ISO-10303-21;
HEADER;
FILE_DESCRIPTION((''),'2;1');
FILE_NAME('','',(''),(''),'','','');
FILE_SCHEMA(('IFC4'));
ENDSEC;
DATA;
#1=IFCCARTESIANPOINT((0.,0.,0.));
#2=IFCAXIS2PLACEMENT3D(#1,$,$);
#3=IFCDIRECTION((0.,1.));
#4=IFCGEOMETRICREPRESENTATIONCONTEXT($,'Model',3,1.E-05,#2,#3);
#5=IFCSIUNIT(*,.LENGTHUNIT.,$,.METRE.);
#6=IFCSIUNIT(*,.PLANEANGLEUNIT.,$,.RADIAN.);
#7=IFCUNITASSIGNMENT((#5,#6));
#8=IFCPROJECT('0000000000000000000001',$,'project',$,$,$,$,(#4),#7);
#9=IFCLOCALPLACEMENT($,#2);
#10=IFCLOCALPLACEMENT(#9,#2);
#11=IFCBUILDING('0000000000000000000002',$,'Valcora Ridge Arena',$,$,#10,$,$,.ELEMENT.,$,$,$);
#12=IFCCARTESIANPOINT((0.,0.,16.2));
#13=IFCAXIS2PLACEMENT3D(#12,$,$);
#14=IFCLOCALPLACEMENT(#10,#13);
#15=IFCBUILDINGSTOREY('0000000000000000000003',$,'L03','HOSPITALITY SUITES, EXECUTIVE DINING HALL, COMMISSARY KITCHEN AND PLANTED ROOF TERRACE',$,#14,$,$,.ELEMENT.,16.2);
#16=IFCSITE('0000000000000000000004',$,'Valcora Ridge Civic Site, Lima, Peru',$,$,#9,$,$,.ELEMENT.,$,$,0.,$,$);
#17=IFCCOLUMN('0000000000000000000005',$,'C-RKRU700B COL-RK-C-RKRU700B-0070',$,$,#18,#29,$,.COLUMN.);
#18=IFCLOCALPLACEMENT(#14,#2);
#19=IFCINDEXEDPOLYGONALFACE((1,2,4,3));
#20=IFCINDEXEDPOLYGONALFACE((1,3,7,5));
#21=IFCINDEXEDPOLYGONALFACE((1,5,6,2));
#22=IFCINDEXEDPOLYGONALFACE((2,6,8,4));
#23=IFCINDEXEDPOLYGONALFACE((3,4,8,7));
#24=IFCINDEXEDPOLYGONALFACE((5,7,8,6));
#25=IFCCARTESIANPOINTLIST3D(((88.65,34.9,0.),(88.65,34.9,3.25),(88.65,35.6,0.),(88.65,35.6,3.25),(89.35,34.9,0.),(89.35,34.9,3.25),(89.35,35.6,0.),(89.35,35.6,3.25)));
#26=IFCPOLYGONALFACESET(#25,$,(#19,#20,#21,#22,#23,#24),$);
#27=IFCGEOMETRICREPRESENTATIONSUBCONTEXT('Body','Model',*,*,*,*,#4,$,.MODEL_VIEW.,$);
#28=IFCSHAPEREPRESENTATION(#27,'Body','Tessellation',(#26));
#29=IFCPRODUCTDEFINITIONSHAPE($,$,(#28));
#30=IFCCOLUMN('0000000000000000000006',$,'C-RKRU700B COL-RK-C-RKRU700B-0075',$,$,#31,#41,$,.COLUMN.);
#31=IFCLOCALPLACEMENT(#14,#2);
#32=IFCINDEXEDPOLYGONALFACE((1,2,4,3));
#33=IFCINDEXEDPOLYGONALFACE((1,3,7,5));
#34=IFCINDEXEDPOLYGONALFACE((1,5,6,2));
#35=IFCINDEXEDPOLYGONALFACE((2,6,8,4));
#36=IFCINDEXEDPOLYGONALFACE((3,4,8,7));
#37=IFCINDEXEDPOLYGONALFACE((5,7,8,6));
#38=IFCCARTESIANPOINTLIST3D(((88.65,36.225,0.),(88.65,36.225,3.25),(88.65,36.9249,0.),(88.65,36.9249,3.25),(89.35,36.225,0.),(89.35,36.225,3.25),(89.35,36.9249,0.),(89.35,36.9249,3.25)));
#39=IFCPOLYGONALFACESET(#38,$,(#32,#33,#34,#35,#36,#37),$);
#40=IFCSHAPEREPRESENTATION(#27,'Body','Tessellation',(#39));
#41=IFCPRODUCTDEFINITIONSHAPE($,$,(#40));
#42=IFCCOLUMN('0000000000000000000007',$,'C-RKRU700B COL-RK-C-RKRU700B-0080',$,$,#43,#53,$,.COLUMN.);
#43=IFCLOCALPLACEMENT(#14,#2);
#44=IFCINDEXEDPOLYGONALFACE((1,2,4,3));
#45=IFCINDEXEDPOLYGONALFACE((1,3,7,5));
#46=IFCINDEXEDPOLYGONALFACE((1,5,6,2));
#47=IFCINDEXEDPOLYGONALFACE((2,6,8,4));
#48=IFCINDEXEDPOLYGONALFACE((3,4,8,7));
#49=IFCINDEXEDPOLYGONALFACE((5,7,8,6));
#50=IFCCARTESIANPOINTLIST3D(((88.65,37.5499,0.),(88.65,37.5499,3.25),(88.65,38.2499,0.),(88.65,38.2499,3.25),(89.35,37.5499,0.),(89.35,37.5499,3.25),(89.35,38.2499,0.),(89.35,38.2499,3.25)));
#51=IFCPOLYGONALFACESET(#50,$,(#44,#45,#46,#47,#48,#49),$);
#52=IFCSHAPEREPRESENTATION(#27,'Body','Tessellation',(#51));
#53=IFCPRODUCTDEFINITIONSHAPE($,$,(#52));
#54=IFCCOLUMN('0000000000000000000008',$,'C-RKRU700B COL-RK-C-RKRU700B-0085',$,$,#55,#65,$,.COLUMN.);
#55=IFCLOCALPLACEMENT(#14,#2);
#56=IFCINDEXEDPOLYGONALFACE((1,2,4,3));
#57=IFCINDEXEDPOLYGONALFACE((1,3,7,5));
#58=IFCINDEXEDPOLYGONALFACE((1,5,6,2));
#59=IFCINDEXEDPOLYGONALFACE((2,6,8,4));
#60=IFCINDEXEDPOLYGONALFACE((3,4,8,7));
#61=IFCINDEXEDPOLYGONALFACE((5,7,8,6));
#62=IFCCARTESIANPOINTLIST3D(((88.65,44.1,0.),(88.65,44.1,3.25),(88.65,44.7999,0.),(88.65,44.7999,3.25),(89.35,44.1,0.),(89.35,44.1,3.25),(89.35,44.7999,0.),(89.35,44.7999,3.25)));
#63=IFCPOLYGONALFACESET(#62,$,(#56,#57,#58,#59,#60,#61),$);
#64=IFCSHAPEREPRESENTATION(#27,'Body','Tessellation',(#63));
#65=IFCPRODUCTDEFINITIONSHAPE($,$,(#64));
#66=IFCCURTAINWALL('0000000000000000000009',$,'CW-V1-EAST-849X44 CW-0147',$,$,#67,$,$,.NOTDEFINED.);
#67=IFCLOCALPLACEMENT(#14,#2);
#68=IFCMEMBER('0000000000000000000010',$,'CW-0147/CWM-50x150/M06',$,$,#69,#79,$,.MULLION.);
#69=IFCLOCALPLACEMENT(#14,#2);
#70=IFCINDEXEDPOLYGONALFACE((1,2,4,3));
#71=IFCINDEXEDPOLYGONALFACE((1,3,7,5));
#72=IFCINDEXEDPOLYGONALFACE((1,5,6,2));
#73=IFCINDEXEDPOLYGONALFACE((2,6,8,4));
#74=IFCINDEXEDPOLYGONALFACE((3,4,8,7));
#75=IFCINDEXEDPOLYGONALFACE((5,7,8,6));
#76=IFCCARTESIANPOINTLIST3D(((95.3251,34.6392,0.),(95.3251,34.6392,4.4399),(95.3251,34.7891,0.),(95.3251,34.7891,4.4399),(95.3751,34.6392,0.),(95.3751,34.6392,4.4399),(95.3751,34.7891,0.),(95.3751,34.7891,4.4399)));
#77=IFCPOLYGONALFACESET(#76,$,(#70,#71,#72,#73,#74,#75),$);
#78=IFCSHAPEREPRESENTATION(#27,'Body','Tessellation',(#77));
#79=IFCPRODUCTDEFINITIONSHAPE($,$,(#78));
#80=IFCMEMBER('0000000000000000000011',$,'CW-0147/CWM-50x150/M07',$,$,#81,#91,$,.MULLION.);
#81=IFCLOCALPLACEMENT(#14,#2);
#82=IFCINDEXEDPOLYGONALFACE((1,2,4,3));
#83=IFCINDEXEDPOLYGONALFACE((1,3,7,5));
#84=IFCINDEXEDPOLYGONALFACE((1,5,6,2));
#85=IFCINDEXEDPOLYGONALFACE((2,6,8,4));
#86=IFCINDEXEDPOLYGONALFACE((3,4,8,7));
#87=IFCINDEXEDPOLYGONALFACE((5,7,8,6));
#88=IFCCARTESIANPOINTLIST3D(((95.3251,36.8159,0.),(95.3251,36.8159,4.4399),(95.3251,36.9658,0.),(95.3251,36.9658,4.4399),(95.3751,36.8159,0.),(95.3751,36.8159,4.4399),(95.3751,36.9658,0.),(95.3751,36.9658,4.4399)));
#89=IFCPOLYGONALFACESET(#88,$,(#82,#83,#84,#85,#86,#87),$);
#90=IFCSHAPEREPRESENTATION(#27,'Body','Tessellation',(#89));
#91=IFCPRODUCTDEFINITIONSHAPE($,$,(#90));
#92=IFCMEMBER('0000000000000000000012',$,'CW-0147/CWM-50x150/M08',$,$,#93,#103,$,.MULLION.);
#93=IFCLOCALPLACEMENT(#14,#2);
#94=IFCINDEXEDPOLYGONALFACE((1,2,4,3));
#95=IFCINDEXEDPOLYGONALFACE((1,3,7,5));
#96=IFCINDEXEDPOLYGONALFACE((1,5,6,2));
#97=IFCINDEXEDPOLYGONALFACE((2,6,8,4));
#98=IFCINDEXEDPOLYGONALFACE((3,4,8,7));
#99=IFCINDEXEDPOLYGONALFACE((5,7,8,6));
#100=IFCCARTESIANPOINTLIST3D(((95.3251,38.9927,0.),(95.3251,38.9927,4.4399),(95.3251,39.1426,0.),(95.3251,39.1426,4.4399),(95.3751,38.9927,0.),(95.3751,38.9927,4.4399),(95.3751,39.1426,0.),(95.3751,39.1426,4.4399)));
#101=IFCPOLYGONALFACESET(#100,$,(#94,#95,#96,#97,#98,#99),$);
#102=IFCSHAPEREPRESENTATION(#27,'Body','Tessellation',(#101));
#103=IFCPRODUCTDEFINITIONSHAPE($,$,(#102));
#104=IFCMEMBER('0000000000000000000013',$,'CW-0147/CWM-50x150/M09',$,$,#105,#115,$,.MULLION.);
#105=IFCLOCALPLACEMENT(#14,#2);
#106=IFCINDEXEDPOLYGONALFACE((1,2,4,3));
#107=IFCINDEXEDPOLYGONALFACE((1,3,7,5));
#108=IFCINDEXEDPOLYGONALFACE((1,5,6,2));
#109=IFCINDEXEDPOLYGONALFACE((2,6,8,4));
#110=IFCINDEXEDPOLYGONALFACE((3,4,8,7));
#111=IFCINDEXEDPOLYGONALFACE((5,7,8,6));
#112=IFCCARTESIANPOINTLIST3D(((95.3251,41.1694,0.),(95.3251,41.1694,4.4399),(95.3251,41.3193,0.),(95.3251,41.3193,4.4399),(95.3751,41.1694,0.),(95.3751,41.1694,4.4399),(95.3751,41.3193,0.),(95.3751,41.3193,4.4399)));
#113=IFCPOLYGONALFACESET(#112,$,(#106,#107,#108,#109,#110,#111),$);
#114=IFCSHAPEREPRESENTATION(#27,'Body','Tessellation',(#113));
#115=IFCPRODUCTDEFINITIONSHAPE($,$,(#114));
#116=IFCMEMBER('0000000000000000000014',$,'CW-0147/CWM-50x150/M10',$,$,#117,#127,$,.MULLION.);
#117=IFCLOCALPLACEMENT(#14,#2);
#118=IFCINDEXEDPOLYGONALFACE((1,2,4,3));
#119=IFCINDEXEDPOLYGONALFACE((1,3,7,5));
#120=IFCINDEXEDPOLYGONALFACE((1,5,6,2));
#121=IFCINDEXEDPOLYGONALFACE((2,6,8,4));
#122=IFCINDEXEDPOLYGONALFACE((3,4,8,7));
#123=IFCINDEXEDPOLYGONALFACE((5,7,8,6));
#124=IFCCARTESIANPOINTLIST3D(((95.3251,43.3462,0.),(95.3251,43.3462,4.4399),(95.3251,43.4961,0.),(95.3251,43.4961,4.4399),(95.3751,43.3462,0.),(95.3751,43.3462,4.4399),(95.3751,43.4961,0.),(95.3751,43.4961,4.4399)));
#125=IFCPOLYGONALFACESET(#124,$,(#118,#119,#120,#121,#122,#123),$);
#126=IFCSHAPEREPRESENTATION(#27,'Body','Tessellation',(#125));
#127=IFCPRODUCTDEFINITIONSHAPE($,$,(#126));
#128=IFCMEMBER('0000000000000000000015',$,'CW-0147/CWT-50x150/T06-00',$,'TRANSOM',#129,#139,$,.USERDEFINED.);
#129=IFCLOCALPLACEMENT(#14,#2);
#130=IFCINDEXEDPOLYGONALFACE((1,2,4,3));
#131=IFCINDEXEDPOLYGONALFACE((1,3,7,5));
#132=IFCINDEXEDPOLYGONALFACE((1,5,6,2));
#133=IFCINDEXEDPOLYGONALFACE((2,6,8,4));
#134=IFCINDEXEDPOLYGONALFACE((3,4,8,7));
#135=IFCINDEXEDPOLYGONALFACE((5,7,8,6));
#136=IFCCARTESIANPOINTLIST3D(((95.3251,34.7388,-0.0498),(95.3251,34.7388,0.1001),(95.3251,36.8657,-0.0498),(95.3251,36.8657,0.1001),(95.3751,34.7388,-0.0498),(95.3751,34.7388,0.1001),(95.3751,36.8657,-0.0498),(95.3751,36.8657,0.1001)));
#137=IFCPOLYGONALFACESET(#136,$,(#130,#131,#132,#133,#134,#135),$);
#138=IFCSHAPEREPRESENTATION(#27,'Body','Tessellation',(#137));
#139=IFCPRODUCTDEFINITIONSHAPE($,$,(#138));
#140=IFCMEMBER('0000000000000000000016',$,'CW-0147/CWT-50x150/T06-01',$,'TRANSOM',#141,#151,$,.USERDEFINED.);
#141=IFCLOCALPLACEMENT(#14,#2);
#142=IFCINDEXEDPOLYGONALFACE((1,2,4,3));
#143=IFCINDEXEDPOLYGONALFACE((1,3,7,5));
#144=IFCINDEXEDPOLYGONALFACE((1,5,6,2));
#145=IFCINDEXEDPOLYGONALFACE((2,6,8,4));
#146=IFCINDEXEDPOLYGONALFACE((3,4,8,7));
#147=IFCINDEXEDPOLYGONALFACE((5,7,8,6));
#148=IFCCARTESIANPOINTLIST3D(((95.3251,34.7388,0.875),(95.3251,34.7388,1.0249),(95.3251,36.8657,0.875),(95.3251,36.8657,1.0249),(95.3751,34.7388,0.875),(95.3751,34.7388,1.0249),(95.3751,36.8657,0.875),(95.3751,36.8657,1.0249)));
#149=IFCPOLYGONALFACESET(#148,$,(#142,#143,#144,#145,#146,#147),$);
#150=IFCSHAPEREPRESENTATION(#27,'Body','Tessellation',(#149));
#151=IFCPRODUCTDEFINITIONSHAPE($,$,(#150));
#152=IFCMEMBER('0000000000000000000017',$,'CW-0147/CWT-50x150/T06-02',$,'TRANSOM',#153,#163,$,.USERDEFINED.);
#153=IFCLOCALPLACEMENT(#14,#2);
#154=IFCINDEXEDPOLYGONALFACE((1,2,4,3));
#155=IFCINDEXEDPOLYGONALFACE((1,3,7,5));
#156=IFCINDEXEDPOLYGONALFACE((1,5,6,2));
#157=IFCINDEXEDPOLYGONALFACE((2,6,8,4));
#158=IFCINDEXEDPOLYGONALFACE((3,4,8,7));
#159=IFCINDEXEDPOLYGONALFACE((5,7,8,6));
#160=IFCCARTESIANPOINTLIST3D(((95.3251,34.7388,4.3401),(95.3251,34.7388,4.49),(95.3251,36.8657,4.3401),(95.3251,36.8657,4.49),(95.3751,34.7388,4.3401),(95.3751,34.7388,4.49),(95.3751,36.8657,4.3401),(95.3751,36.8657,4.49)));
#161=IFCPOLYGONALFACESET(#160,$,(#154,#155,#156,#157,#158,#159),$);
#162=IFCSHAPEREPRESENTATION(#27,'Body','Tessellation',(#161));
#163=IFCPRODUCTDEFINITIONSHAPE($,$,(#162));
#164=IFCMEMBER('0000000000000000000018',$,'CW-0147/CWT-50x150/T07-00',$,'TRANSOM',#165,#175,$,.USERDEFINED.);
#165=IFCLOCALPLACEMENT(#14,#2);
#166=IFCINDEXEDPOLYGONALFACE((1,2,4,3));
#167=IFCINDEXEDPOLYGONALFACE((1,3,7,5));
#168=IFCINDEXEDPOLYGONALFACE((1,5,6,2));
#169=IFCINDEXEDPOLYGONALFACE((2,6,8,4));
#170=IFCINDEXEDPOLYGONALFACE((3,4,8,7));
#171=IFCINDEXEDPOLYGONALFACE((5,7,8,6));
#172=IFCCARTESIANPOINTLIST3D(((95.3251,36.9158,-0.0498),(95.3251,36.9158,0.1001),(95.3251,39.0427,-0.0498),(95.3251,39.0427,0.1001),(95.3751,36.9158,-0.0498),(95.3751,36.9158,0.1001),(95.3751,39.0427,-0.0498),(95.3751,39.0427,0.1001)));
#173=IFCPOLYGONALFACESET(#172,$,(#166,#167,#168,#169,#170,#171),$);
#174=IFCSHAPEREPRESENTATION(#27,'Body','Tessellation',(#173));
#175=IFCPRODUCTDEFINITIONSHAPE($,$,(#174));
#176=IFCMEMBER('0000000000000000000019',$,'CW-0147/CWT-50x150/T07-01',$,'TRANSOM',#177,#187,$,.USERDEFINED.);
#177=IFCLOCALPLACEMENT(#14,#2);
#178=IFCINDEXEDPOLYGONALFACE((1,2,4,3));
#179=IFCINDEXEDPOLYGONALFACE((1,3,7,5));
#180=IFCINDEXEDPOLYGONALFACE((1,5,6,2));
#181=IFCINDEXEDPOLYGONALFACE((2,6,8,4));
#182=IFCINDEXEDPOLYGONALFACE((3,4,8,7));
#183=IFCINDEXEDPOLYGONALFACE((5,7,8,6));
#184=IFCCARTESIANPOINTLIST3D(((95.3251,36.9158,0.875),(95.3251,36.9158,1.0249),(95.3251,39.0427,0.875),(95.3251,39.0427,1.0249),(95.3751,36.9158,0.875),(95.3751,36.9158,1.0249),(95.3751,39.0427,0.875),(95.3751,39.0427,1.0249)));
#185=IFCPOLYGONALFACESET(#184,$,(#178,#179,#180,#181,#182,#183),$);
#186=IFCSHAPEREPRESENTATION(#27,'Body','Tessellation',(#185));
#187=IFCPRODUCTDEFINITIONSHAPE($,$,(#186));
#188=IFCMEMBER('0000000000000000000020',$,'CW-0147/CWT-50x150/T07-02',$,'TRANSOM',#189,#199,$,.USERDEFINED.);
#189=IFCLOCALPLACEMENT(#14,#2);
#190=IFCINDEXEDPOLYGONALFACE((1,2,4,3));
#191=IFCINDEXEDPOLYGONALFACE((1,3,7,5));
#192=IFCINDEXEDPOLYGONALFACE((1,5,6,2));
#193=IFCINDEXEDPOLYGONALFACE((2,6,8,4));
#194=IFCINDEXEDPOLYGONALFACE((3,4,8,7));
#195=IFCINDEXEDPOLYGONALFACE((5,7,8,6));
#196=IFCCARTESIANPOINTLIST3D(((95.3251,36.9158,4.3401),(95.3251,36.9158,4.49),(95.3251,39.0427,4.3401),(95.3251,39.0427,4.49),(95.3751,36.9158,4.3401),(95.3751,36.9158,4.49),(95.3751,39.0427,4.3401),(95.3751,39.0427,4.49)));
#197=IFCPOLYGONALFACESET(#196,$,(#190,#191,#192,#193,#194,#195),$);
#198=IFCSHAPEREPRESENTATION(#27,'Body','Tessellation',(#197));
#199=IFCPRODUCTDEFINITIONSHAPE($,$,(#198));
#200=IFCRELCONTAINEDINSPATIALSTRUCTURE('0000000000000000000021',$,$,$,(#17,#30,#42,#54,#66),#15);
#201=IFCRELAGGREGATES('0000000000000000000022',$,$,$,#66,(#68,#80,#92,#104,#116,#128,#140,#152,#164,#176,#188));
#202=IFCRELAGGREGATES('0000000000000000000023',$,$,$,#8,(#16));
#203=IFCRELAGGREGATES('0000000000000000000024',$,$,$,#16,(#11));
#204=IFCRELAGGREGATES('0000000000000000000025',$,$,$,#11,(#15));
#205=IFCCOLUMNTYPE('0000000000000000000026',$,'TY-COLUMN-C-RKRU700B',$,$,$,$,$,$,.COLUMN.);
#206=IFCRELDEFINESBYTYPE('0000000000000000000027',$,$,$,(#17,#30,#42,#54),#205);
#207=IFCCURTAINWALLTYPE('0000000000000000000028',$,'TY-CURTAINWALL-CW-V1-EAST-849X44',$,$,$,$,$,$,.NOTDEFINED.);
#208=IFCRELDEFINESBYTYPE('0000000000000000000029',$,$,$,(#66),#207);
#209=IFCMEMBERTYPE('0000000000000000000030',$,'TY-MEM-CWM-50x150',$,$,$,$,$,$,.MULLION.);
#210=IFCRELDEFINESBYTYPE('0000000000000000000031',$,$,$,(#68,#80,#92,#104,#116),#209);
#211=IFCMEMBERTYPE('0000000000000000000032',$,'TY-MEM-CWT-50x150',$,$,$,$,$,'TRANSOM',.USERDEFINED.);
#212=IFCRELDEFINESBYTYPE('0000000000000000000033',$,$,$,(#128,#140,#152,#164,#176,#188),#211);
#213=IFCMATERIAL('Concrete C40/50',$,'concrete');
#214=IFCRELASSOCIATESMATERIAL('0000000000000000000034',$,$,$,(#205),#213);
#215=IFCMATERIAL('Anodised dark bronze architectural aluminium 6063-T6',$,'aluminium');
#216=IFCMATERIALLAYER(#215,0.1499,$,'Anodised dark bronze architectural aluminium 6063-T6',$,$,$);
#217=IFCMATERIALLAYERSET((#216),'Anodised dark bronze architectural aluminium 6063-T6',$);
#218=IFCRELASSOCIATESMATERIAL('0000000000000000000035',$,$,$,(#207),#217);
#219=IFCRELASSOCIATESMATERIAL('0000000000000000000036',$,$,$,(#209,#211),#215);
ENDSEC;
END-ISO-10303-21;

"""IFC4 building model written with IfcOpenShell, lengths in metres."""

from ifc_helpers import new_model, si_unit, direction, frame, origin, origin_2d, place, context, subcontext, project, spatial, rectangle, extrude, material, layer, layer_set, material_profile, profile_set, type_object, element, aggregate, save


model = new_model("IFC4")

# Units and contexts
model_context = context("Model", 3, precision=1e-05, world=origin(), true_north=direction((0.0, 1.0)))
body_context = subcontext(model_context, "Body", "Model", "MODEL_VIEW")
ifc_project = project(units=[si_unit("LENGTHUNIT", "METRE"), si_unit("PLANEANGLEUNIT", "RADIAN")], contexts=[model_context])

# Site, building, storey
site_placement = place(None, origin())
site = spatial("IfcSite", under=ifc_project, at=site_placement, Name="Valcora Ridge Civic Site, Lima, Peru", CompositionType="ELEMENT", RefElevation=0.0)
building_placement = place(site_placement, origin())
building = spatial("IfcBuilding", under=site, at=building_placement, Name="Valcora Ridge Arena", CompositionType="ELEMENT")
storey_placement = place(building_placement, frame((0.0, 0.0, 16.2)))
storey = spatial("IfcBuildingStorey", under=building, at=storey_placement, Name="L03", Description="HOSPITALITY SUITES, EXECUTIVE DINING HALL, COMMISSARY KITCHEN AND PLANTED ROOF TERRACE", CompositionType="ELEMENT", Elevation=16.2)

# Columns
ifc_material_1 = material(Name="Concrete C40/50", Category="concrete")
ifc_material_profile_1 = material_profile(ifc_material_1, rectangle(XDim=0.7, YDim=0.7, at=origin_2d()), Name="RC 700x700")
ifc_profile_set_1 = profile_set([ifc_material_profile_1], Name="Concrete C40/50")
column_type = type_object("IfcColumnType", Name="TY-COLUMN-C-RKRU700B", PredefinedType="COLUMN", material=ifc_profile_set_1)
for number, where, z_axis, x_axis, name in (
    (1, (89.0, 35.25, 0.0), (0.0, 0.0, 1.0), (1.0, 0.0, 0.0), "C-RKRU700B COL-RK-C-RKRU700B-0070"),
    (2, (89.0, 36.575, 0.0), (0.0, 0.0, 1.0), (1.0, 0.0, 0.0), "C-RKRU700B COL-RK-C-RKRU700B-0075"),
    (3, (89.0, 37.8999, 0.0), (0.0, 0.0, 1.0), (1.0, 0.0, 0.0), "C-RKRU700B COL-RK-C-RKRU700B-0080"),
    (4, (89.0, 44.45, 0.0), (0.0, 0.0, 1.0), (1.0, 0.0, 0.0), "C-RKRU700B COL-RK-C-RKRU700B-0085"),
):
    element("IfcColumn", number, at=place(storey_placement, frame(where, z_axis=z_axis, x_axis=x_axis)), inside=storey, type_object=column_type, Name=name, PredefinedType="COLUMN", context=body_context, shape_type="SweptSolid", body=[
        extrude(rectangle(XDim=0.7, YDim=0.7, at=origin_2d()), origin(), (0.0, 0.0, 1.0), 3.25),
    ])

# Curtain wall, members
ifc_material_2 = material(Name="Anodised dark bronze architectural aluminium 6063-T6", Category="aluminium")
ifc_layer_1 = layer(ifc_material_2, 0.1499, Name="Anodised dark bronze architectural aluminium 6063-T6")
ifc_layer_set_1 = layer_set([ifc_layer_1], Name="Anodised dark bronze architectural aluminium 6063-T6")
curtain_wall_type = type_object("IfcCurtainWallType", Name="TY-CURTAINWALL-CW-V1-EAST-849X44", PredefinedType="NOTDEFINED", material=ifc_layer_set_1)
curtain_wall_placement = place(storey_placement, origin())
curtain_wall = element("IfcCurtainWall", 5, at=curtain_wall_placement, inside=storey, type_object=curtain_wall_type, Name="CW-V1-EAST-849X44 CW-0147", PredefinedType="NOTDEFINED")
ifc_material_profile_2 = material_profile(ifc_material_2, rectangle(XDim=0.05, YDim=0.1499, at=origin_2d()), Name="ALU MULLION 50x150")
ifc_profile_set_2 = profile_set([ifc_material_profile_2], Name="Anodised dark bronze architectural aluminium 6063-T6")
member_type_1 = type_object("IfcMemberType", Name="TY-MEM-CWM-50x150", PredefinedType="MULLION", material=ifc_profile_set_2)
member_1_placement = place(storey_placement, frame((95.3501, 34.7141, 0.0), z_axis=(0.0, 0.0, 1.0), x_axis=(-1.0, 0.0, 0.0)))
member_1 = element("IfcMember", 6, at=member_1_placement, type_object=member_type_1, Name="CW-0147/CWM-50x150/M06", PredefinedType="MULLION", context=body_context, shape_type="SweptSolid", body=[
    extrude(rectangle(XDim=0.05, YDim=0.1499, at=origin_2d()), origin(), (0.0, 0.0, 1.0), 4.4399),
])
member_2_placement = place(storey_placement, frame((95.3501, 36.8909, 0.0), z_axis=(0.0, 0.0, 1.0), x_axis=(-1.0, 0.0, 0.0)))
member_2 = element("IfcMember", 7, at=member_2_placement, type_object=member_type_1, Name="CW-0147/CWM-50x150/M07", PredefinedType="MULLION", context=body_context, shape_type="SweptSolid", body=[
    extrude(rectangle(XDim=0.05, YDim=0.1499, at=origin_2d()), origin(), (0.0, 0.0, 1.0), 4.4399),
])
member_3_placement = place(storey_placement, frame((95.3501, 39.0676, 0.0), z_axis=(0.0, 0.0, 1.0), x_axis=(-1.0, 0.0, 0.0)))
member_3 = element("IfcMember", 8, at=member_3_placement, type_object=member_type_1, Name="CW-0147/CWM-50x150/M08", PredefinedType="MULLION", context=body_context, shape_type="SweptSolid", body=[
    extrude(rectangle(XDim=0.05, YDim=0.1499, at=origin_2d()), origin(), (0.0, 0.0, 1.0), 4.4399),
])
member_4_placement = place(storey_placement, frame((95.3501, 41.2444, 0.0), z_axis=(0.0, 0.0, 1.0), x_axis=(-1.0, 0.0, 0.0)))
member_4 = element("IfcMember", 9, at=member_4_placement, type_object=member_type_1, Name="CW-0147/CWM-50x150/M09", PredefinedType="MULLION", context=body_context, shape_type="SweptSolid", body=[
    extrude(rectangle(XDim=0.05, YDim=0.1499, at=origin_2d()), origin(), (0.0, 0.0, 1.0), 4.4399),
])
member_5_placement = place(storey_placement, frame((95.3501, 43.4211, 0.0), z_axis=(0.0, 0.0, 1.0), x_axis=(-1.0, 0.0, 0.0)))
member_5 = element("IfcMember", 10, at=member_5_placement, type_object=member_type_1, Name="CW-0147/CWM-50x150/M10", PredefinedType="MULLION", context=body_context, shape_type="SweptSolid", body=[
    extrude(rectangle(XDim=0.05, YDim=0.1499, at=origin_2d()), origin(), (0.0, 0.0, 1.0), 4.4399),
])
ifc_material_profile_3 = material_profile(ifc_material_2, rectangle(XDim=0.05, YDim=0.1499, at=origin_2d()), Name="ALU TRANSOM 50x150")
ifc_profile_set_3 = profile_set([ifc_material_profile_3], Name="Anodised dark bronze architectural aluminium 6063-T6")
member_type_2 = type_object("IfcMemberType", Name="TY-MEM-CWT-50x150", ElementType="TRANSOM", PredefinedType="USERDEFINED", material=ifc_profile_set_3)
member_6_placement = place(storey_placement, frame((95.3501, 34.7388, 0.0251), z_axis=(0.0, 1.0, 0.0), x_axis=(-1.0, 0.0, 0.0)))
member_6 = element("IfcMember", 11, at=member_6_placement, type_object=member_type_2, Name="CW-0147/CWT-50x150/T06-00", ObjectType="TRANSOM", PredefinedType="USERDEFINED", context=body_context, shape_type="SweptSolid", body=[
    extrude(rectangle(XDim=0.05, YDim=0.1499, at=origin_2d()), origin(), (0.0, 0.0, 1.0), 2.127),
])
member_7_placement = place(storey_placement, frame((95.3501, 34.7388, 0.95), z_axis=(0.0, 1.0, 0.0), x_axis=(-1.0, 0.0, 0.0)))
member_7 = element("IfcMember", 12, at=member_7_placement, type_object=member_type_2, Name="CW-0147/CWT-50x150/T06-01", ObjectType="TRANSOM", PredefinedType="USERDEFINED", context=body_context, shape_type="SweptSolid", body=[
    extrude(rectangle(XDim=0.05, YDim=0.1499, at=origin_2d()), origin(), (0.0, 0.0, 1.0), 2.127),
])
member_8_placement = place(storey_placement, frame((95.3501, 34.7388, 4.415), z_axis=(0.0, 1.0, 0.0), x_axis=(-1.0, 0.0, 0.0)))
member_8 = element("IfcMember", 13, at=member_8_placement, type_object=member_type_2, Name="CW-0147/CWT-50x150/T06-02", ObjectType="TRANSOM", PredefinedType="USERDEFINED", context=body_context, shape_type="SweptSolid", body=[
    extrude(rectangle(XDim=0.05, YDim=0.1499, at=origin_2d()), origin(), (0.0, 0.0, 1.0), 2.127),
])
member_9_placement = place(storey_placement, frame((95.3501, 36.9158, 0.0251), z_axis=(0.0, 1.0, 0.0), x_axis=(-1.0, 0.0, 0.0)))
member_9 = element("IfcMember", 14, at=member_9_placement, type_object=member_type_2, Name="CW-0147/CWT-50x150/T07-00", ObjectType="TRANSOM", PredefinedType="USERDEFINED", context=body_context, shape_type="SweptSolid", body=[
    extrude(rectangle(XDim=0.05, YDim=0.1499, at=origin_2d()), origin(), (0.0, 0.0, 1.0), 2.127),
])
member_10_placement = place(storey_placement, frame((95.3501, 36.9158, 0.95), z_axis=(0.0, 1.0, 0.0), x_axis=(-1.0, 0.0, 0.0)))
member_10 = element("IfcMember", 15, at=member_10_placement, type_object=member_type_2, Name="CW-0147/CWT-50x150/T07-01", ObjectType="TRANSOM", PredefinedType="USERDEFINED", context=body_context, shape_type="SweptSolid", body=[
    extrude(rectangle(XDim=0.05, YDim=0.1499, at=origin_2d()), origin(), (0.0, 0.0, 1.0), 2.127),
])
member_11_placement = place(storey_placement, frame((95.3501, 36.9158, 4.415), z_axis=(0.0, 1.0, 0.0), x_axis=(-1.0, 0.0, 0.0)))
member_11 = element("IfcMember", 16, at=member_11_placement, type_object=member_type_2, Name="CW-0147/CWT-50x150/T07-02", ObjectType="TRANSOM", PredefinedType="USERDEFINED", context=body_context, shape_type="SweptSolid", body=[
    extrude(rectangle(XDim=0.05, YDim=0.1499, at=origin_2d()), origin(), (0.0, 0.0, 1.0), 2.127),
])

aggregate(curtain_wall, [member_1, member_2, member_3, member_4, member_5, member_6, member_7, member_8, member_9, member_10, member_11])

save(model, "model.ifc")
